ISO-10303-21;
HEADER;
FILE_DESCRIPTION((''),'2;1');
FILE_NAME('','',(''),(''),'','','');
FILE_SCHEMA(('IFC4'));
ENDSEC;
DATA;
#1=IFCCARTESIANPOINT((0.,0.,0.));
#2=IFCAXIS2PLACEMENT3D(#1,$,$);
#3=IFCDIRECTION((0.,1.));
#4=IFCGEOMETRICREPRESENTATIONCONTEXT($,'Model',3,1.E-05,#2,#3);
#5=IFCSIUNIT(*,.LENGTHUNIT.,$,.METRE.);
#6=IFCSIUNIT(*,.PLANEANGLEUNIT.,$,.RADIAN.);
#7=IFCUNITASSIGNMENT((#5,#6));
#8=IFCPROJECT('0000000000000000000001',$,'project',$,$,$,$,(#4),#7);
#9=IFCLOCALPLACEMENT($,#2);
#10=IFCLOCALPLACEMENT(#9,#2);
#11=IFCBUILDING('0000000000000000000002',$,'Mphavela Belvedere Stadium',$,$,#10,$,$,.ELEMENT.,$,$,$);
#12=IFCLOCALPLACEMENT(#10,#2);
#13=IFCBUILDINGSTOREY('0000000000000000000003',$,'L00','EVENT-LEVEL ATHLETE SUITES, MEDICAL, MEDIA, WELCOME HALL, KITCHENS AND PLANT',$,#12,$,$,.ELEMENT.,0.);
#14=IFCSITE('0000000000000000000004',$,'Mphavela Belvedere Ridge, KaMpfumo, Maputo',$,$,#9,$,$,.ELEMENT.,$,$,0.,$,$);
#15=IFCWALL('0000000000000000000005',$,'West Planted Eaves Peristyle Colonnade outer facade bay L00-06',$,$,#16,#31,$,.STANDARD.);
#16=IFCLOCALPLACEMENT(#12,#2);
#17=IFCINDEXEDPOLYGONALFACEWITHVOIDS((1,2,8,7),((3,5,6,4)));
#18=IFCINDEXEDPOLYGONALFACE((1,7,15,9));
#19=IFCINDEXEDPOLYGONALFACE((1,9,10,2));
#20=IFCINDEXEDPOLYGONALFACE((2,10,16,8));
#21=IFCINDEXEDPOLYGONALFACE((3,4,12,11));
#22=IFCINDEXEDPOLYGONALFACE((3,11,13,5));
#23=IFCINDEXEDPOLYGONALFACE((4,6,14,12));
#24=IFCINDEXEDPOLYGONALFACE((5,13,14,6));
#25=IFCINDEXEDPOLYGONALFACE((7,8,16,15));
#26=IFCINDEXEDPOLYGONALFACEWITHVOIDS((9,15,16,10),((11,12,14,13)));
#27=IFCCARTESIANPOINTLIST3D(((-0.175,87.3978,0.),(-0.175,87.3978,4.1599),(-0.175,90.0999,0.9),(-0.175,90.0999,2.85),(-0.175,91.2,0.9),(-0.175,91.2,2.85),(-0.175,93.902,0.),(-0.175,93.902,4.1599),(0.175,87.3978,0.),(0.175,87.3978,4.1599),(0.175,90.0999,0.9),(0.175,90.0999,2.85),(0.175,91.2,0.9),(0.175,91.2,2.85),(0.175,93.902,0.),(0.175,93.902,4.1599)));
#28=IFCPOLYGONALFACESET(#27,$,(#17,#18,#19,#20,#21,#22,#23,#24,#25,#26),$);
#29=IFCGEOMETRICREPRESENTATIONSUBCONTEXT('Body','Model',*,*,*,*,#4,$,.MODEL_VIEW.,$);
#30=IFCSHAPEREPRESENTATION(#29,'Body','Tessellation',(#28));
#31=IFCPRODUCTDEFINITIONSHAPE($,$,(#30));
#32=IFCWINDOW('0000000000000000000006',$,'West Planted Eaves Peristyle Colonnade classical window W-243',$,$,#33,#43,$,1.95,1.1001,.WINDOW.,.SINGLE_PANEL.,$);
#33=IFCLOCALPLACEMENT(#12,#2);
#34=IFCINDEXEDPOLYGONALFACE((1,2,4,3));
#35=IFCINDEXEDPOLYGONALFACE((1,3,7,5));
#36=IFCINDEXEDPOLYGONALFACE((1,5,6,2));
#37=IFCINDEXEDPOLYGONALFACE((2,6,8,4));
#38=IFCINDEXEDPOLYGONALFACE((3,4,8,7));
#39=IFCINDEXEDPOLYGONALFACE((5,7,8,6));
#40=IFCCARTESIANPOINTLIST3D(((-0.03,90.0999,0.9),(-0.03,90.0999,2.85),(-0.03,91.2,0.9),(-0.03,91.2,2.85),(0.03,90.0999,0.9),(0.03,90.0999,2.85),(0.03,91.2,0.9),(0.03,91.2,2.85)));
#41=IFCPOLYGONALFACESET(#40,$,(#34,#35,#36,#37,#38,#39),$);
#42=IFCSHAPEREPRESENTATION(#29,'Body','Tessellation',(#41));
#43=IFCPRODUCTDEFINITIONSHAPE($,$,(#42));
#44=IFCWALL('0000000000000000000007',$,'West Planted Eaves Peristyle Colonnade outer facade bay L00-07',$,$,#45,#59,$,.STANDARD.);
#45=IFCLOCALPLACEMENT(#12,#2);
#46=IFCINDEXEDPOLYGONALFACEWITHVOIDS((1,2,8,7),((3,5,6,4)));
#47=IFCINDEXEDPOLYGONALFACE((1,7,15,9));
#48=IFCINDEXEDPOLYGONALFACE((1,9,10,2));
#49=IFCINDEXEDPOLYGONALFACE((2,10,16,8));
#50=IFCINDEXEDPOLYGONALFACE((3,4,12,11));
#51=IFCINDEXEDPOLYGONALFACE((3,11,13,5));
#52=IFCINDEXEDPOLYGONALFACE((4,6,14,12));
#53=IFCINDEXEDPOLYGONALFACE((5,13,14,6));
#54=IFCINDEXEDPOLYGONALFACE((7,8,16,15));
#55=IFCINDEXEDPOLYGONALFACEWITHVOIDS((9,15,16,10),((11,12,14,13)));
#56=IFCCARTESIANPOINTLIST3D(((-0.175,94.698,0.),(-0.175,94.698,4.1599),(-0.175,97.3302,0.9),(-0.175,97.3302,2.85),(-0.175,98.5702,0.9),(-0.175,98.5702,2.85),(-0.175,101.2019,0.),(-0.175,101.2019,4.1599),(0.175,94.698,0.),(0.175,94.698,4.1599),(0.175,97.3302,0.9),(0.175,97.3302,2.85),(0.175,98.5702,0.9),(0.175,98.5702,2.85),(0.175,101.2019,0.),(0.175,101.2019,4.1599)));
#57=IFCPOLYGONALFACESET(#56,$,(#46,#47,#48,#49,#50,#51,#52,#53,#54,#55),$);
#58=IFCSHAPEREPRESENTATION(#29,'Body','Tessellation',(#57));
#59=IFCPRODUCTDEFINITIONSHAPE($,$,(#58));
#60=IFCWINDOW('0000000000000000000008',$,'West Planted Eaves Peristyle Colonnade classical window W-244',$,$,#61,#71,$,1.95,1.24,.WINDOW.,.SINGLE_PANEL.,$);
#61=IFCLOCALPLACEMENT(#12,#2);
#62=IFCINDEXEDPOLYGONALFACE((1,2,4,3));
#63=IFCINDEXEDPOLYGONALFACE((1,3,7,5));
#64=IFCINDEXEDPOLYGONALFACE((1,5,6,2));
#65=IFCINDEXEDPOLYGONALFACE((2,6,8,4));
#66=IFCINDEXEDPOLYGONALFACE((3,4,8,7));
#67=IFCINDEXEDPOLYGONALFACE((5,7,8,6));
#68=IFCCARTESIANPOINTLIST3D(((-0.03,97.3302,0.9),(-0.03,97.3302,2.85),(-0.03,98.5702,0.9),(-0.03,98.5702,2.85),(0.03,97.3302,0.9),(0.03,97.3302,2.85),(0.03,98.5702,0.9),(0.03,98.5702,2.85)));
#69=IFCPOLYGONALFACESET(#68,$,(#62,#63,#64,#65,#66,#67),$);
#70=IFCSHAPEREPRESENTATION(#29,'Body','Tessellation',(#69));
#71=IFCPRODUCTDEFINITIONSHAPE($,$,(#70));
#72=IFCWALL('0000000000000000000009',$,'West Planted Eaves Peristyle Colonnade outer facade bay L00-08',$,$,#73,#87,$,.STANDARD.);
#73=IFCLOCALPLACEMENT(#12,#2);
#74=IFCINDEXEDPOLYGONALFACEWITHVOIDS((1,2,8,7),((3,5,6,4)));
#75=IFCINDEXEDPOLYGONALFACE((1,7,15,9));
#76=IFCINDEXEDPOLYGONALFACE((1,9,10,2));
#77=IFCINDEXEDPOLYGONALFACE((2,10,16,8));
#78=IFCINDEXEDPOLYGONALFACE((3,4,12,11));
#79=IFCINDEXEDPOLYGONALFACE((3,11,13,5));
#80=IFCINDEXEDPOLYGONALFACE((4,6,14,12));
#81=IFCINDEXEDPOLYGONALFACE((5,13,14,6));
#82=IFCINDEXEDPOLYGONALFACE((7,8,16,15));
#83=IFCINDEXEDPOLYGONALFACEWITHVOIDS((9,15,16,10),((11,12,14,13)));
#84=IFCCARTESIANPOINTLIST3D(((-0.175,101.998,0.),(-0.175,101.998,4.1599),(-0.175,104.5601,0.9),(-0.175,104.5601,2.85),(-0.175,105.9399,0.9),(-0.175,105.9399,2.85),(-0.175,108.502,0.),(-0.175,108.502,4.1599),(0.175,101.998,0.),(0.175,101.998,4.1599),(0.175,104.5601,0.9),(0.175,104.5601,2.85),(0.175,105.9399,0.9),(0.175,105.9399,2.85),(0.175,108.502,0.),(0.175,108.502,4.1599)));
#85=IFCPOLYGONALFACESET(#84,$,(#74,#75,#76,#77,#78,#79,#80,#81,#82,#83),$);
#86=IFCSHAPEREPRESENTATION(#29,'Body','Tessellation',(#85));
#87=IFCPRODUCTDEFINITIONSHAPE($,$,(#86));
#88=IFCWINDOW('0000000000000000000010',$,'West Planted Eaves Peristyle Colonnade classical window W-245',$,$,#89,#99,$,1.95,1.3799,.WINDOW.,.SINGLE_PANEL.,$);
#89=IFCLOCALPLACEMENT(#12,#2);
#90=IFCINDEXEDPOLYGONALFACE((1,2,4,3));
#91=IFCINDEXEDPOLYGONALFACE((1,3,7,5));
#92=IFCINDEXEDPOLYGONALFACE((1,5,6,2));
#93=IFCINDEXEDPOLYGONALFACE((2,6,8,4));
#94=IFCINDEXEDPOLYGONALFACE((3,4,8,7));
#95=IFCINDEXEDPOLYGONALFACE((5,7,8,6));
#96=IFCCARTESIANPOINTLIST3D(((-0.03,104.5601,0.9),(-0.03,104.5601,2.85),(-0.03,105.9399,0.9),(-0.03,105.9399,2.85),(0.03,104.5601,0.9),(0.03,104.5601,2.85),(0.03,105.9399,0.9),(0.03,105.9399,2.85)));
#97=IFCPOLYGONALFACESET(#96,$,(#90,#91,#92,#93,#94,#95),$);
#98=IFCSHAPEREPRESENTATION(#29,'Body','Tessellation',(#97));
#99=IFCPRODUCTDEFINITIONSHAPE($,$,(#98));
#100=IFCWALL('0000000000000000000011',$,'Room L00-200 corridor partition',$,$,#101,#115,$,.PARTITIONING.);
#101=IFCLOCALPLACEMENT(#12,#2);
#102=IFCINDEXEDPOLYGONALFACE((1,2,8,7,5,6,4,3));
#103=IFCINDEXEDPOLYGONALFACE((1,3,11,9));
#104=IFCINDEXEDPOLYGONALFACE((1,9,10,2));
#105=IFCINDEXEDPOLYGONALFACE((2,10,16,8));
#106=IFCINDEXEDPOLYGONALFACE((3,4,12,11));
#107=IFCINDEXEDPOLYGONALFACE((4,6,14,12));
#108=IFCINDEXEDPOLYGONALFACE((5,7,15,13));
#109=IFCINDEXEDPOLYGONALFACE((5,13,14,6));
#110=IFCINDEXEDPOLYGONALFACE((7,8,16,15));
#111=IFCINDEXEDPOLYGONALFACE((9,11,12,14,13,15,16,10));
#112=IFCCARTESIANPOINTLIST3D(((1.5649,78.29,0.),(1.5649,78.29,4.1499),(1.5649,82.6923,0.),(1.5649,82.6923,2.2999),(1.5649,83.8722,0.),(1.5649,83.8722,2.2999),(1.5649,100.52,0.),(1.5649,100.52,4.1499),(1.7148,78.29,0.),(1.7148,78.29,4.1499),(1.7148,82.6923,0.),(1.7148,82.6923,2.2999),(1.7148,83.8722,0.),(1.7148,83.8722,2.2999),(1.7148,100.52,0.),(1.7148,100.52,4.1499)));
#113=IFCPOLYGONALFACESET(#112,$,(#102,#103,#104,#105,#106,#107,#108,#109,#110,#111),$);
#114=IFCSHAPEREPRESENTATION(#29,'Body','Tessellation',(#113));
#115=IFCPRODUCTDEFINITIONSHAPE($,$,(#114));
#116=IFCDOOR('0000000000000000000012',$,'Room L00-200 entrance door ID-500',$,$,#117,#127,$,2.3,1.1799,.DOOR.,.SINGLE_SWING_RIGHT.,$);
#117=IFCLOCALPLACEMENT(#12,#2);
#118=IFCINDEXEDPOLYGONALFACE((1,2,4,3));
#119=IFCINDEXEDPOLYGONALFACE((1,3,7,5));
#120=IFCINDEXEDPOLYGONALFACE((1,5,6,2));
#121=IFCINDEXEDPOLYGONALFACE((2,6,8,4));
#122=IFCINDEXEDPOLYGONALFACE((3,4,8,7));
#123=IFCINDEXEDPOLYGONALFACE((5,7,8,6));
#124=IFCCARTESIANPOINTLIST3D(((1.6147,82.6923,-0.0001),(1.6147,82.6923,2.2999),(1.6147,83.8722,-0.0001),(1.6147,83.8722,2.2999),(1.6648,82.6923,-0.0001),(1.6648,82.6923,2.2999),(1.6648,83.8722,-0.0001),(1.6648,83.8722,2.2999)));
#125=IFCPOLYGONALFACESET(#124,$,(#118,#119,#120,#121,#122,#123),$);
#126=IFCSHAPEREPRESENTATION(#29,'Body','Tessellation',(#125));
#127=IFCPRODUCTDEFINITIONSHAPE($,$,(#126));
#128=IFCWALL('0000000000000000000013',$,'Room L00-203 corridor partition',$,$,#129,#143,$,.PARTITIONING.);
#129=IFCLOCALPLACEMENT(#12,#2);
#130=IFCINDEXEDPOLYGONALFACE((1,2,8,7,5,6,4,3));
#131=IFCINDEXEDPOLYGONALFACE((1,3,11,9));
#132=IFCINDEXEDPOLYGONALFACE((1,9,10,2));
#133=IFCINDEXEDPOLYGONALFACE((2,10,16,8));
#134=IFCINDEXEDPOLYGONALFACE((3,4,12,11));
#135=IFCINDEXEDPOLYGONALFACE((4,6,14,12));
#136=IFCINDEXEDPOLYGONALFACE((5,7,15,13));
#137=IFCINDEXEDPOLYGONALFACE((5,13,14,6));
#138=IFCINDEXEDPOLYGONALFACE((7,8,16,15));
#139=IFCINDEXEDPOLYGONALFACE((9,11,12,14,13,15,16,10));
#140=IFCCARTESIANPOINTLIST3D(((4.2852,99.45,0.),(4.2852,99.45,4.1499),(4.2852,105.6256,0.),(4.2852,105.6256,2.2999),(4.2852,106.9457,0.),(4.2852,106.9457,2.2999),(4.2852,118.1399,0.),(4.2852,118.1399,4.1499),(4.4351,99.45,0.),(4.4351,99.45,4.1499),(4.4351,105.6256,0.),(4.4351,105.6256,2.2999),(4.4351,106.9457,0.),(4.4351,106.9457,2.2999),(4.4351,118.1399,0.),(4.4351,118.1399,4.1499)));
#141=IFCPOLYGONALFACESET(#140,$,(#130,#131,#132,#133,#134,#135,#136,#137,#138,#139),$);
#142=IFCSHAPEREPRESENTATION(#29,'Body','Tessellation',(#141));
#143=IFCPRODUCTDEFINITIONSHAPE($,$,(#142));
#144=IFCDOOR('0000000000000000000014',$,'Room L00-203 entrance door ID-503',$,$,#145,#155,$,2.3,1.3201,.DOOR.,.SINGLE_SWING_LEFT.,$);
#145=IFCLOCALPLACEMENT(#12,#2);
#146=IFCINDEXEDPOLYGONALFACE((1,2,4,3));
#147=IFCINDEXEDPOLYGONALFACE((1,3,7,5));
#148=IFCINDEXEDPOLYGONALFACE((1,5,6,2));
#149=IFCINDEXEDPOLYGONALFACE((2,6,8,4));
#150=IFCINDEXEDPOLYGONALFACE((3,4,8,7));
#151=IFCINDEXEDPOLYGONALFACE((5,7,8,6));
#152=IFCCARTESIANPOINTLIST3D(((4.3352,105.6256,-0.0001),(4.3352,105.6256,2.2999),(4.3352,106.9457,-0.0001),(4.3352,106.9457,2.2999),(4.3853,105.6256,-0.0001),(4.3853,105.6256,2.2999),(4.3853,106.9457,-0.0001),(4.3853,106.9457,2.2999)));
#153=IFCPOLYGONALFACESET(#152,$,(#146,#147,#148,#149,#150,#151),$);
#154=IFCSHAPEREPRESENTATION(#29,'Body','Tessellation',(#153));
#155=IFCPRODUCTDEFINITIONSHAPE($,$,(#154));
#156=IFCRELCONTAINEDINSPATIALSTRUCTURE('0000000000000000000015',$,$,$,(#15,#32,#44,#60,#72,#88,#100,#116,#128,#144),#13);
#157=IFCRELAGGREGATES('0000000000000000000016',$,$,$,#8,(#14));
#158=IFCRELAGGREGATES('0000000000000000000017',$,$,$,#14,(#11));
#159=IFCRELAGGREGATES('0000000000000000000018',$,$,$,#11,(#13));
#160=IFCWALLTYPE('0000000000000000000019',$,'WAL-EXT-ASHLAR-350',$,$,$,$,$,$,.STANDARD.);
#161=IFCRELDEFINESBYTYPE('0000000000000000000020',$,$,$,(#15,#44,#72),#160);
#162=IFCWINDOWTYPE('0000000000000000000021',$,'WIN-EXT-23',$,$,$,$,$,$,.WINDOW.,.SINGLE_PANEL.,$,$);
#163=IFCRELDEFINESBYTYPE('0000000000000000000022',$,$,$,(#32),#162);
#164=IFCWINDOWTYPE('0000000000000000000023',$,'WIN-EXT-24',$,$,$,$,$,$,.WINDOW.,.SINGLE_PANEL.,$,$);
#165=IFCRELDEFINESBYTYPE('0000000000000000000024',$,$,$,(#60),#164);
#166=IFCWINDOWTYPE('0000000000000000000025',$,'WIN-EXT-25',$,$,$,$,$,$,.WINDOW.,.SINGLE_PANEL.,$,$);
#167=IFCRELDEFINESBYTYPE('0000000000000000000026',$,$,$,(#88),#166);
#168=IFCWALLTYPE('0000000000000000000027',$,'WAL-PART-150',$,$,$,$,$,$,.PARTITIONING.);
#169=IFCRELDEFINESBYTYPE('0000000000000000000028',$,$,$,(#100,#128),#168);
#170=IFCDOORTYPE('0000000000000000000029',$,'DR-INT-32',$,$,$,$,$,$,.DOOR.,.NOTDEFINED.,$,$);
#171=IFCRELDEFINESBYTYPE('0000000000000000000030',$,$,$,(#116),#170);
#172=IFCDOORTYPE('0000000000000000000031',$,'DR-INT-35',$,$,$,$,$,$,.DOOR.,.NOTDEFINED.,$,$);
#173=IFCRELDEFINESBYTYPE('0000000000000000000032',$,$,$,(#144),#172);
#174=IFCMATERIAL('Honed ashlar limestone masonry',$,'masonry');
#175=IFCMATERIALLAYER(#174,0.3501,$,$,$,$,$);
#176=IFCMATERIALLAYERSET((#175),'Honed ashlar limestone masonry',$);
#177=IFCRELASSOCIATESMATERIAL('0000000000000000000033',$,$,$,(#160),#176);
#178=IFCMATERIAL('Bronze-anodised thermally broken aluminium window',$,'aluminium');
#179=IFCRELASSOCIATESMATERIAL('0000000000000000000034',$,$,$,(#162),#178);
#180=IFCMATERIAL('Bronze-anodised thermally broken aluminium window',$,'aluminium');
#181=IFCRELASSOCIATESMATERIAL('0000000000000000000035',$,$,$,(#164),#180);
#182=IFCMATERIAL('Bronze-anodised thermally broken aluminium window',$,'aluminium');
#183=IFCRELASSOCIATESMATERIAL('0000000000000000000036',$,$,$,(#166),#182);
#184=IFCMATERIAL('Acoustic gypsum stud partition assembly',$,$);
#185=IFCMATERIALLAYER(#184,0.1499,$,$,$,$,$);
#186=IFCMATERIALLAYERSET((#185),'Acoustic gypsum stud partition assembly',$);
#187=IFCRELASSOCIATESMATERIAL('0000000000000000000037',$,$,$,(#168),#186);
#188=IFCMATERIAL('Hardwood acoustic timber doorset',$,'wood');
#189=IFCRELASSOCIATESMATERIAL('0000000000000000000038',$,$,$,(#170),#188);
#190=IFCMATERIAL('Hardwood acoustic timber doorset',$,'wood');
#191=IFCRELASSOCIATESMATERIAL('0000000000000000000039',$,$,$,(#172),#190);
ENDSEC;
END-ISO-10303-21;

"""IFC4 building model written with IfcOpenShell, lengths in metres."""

from ifc_helpers import new_model, si_unit, direction, frame, frame_2d, origin, place, context, subcontext, project, spatial, rectangle, extrude, material, layer, layer_set, type_object, element, fill, save


model = new_model("IFC4")

# Units and contexts
model_context = context("Model", 3, precision=1e-05, world=origin(), true_north=direction((0.0, 1.0)))
body_context = subcontext(model_context, "Body", "Model", "MODEL_VIEW")
ifc_project = project(units=[si_unit("LENGTHUNIT", "METRE"), si_unit("PLANEANGLEUNIT", "RADIAN")], contexts=[model_context])

# Site, building, storey
site_placement = place(None, origin())
site = spatial("IfcSite", under=ifc_project, at=site_placement, Name="Mphavela Belvedere Ridge, KaMpfumo, Maputo", CompositionType="ELEMENT", RefElevation=0.0)
building_placement = place(site_placement, origin())
building = spatial("IfcBuilding", under=site, at=building_placement, Name="Mphavela Belvedere Stadium", CompositionType="ELEMENT")
storey_placement = place(building_placement, origin())
storey = spatial("IfcBuildingStorey", under=building, at=storey_placement, Name="L00", Description="EVENT-LEVEL ATHLETE SUITES, MEDICAL, MEDIA, WELCOME HALL, KITCHENS AND PLANT", CompositionType="ELEMENT", Elevation=0.0)

# Walls, openings, windows
ifc_material_1 = material(Name="Honed ashlar limestone masonry", Category="masonry")
ifc_layer_1 = layer(ifc_material_1, 0.3501)
ifc_layer_set_1 = layer_set([ifc_layer_1], Name="Honed ashlar limestone masonry")
wall_type_1 = type_object("IfcWallType", Name="WAL-EXT-ASHLAR-350", PredefinedType="STANDARD", material=ifc_layer_set_1)
wall_1_placement = place(storey_placement, frame((0.0, 87.3979, 0.0), z_axis=(0.0, 0.0, 1.0), x_axis=(0.0, 1.0, 0.0)))
wall_1 = element("IfcWall", 1, at=wall_1_placement, inside=storey, type_object=wall_type_1, Name="West Planted Eaves Peristyle Colonnade outer facade bay L00-06", PredefinedType="STANDARD", context=body_context, shape_type="SweptSolid", body=[
    extrude(rectangle(XDim=6.5042, YDim=0.3501, at=frame_2d((3.252, 0.0))), origin(), (0.0, 0.0, 1.0), 4.1599),
])
opening_1_placement = place(wall_1_placement, frame((2.7019, 0.0, 0.8999)))
opening_1 = element("IfcOpeningElement", 2, at=opening_1_placement, cuts=wall_1, PredefinedType="OPENING", context=body_context, shape_type="SweptSolid", body=[
    extrude(rectangle(XDim=1.1001, YDim=1.95, at=frame_2d((0.55, 0.9751))), frame((0.0, 0.1851, 0.0), z_axis=(0.0, -1.0, 0.0), x_axis=(1.0, 0.0, 0.0)), (0.0, 0.0, 1.0), 0.3701),
])
ifc_material_2 = material(Name="Bronze-anodised thermally broken aluminium window", Category="aluminium")
window_type_1 = type_object("IfcWindowType", Name="WIN-EXT-23", PartitioningType="SINGLE_PANEL", PredefinedType="WINDOW", material=ifc_material_2)
window_1_placement = place(opening_1_placement, origin())
window_1 = element("IfcWindow", 3, at=window_1_placement, inside=storey, type_object=window_type_1, Name="West Planted Eaves Peristyle Colonnade classical window W-243", OverallHeight=1.95, OverallWidth=1.1001, PartitioningType="SINGLE_PANEL", PredefinedType="WINDOW", context=body_context, shape_type="SweptSolid", body=[
    extrude(rectangle(XDim=1.1001, YDim=1.95, at=frame_2d((0.55, 0.9751))), frame((0.0, 0.03, 0.0), z_axis=(0.0, -1.0, 0.0), x_axis=(1.0, 0.0, 0.0)), (0.0, 0.0, 1.0), 0.0601),
])
fill(opening_1, window_1)
wall_2_placement = place(storey_placement, frame((0.0, 94.698, 0.0), z_axis=(0.0, 0.0, 1.0), x_axis=(0.0, 1.0, 0.0)))
wall_2 = element("IfcWall", 4, at=wall_2_placement, inside=storey, type_object=wall_type_1, Name="West Planted Eaves Peristyle Colonnade outer facade bay L00-07", PredefinedType="STANDARD", context=body_context, shape_type="SweptSolid", body=[
    extrude(rectangle(XDim=6.5039, YDim=0.3501, at=frame_2d((3.252, 0.0))), origin(), (0.0, 0.0, 1.0), 4.1599),
])
opening_2_placement = place(wall_2_placement, frame((2.6321, 0.0, 0.8999)))
opening_2 = element("IfcOpeningElement", 5, at=opening_2_placement, cuts=wall_2, PredefinedType="OPENING", context=body_context, shape_type="SweptSolid", body=[
    extrude(rectangle(XDim=1.24, YDim=1.95, at=frame_2d((0.6201, 0.9751))), frame((0.0, 0.1851, 0.0), z_axis=(0.0, -1.0, 0.0), x_axis=(1.0, 0.0, 0.0)), (0.0, 0.0, 1.0), 0.3701),
])
ifc_material_3 = material(Name="Bronze-anodised thermally broken aluminium window", Category="aluminium")
window_type_2 = type_object("IfcWindowType", Name="WIN-EXT-24", PartitioningType="SINGLE_PANEL", PredefinedType="WINDOW", material=ifc_material_3)
window_2_placement = place(opening_2_placement, origin())
window_2 = element("IfcWindow", 6, at=window_2_placement, inside=storey, type_object=window_type_2, Name="West Planted Eaves Peristyle Colonnade classical window W-244", OverallHeight=1.95, OverallWidth=1.24, PartitioningType="SINGLE_PANEL", PredefinedType="WINDOW", context=body_context, shape_type="SweptSolid", body=[
    extrude(rectangle(XDim=1.24, YDim=1.95, at=frame_2d((0.6201, 0.9751))), frame((0.0, 0.03, 0.0), z_axis=(0.0, -1.0, 0.0), x_axis=(1.0, 0.0, 0.0)), (0.0, 0.0, 1.0), 0.0601),
])
fill(opening_2, window_2)
wall_3_placement = place(storey_placement, frame((0.0, 101.998, 0.0), z_axis=(0.0, 0.0, 1.0), x_axis=(0.0, 1.0, 0.0)))
wall_3 = element("IfcWall", 7, at=wall_3_placement, inside=storey, type_object=wall_type_1, Name="West Planted Eaves Peristyle Colonnade outer facade bay L00-08", PredefinedType="STANDARD", context=body_context, shape_type="SweptSolid", body=[
    extrude(rectangle(XDim=6.5039, YDim=0.3501, at=frame_2d((3.252, 0.0))), origin(), (0.0, 0.0, 1.0), 4.1599),
])
opening_3_placement = place(wall_3_placement, frame((2.562, 0.0, 0.8999)))
opening_3 = element("IfcOpeningElement", 8, at=opening_3_placement, cuts=wall_3, PredefinedType="OPENING", context=body_context, shape_type="SweptSolid", body=[
    extrude(rectangle(XDim=1.3799, YDim=1.95, at=frame_2d((0.6899, 0.9751))), frame((0.0, 0.1851, 0.0), z_axis=(0.0, -1.0, 0.0), x_axis=(1.0, 0.0, 0.0)), (0.0, 0.0, 1.0), 0.3701),
])
ifc_material_4 = material(Name="Bronze-anodised thermally broken aluminium window", Category="aluminium")
window_type_3 = type_object("IfcWindowType", Name="WIN-EXT-25", PartitioningType="SINGLE_PANEL", PredefinedType="WINDOW", material=ifc_material_4)
window_3_placement = place(opening_3_placement, origin())
window_3 = element("IfcWindow", 9, at=window_3_placement, inside=storey, type_object=window_type_3, Name="West Planted Eaves Peristyle Colonnade classical window W-245", OverallHeight=1.95, OverallWidth=1.3799, PartitioningType="SINGLE_PANEL", PredefinedType="WINDOW", context=body_context, shape_type="SweptSolid", body=[
    extrude(rectangle(XDim=1.3799, YDim=1.95, at=frame_2d((0.6899, 0.9751))), frame((0.0, 0.03, 0.0), z_axis=(0.0, -1.0, 0.0), x_axis=(1.0, 0.0, 0.0)), (0.0, 0.0, 1.0), 0.0601),
])
fill(opening_3, window_3)

# Walls, openings, doors
ifc_material_5 = material(Name="Acoustic gypsum stud partition assembly")
ifc_layer_2 = layer(ifc_material_5, 0.1499)
ifc_layer_set_2 = layer_set([ifc_layer_2], Name="Acoustic gypsum stud partition assembly")
wall_type_2 = type_object("IfcWallType", Name="WAL-PART-150", PredefinedType="PARTITIONING", material=ifc_layer_set_2)
wall_4_placement = place(storey_placement, frame((1.6399, 100.52, 0.0), z_axis=(0.0, 0.0, 1.0), x_axis=(0.0, -1.0, 0.0)))
wall_4 = element("IfcWall", 10, at=wall_4_placement, inside=storey, type_object=wall_type_2, Name="Room L00-200 corridor partition", PredefinedType="PARTITIONING", context=body_context, shape_type="SweptSolid", body=[
    extrude(rectangle(XDim=22.23, YDim=0.1499, at=frame_2d((11.115, 0.0))), origin(), (0.0, 0.0, 1.0), 4.1499),
])
opening_4_placement = place(wall_4_placement, frame((16.6479, 0.0, 0.0)))
opening_4 = element("IfcOpeningElement", 11, at=opening_4_placement, cuts=wall_4, PredefinedType="OPENING", context=body_context, shape_type="SweptSolid", body=[
    extrude(rectangle(XDim=1.1799, YDim=2.3, at=frame_2d((0.5898, 1.1499))), frame((0.0, 0.085, 0.0), z_axis=(0.0, -1.0, 0.0), x_axis=(1.0, 0.0, 0.0)), (0.0, 0.0, 1.0), 0.1699),
])
ifc_material_6 = material(Name="Hardwood acoustic timber doorset", Category="wood")
door_type_1 = type_object("IfcDoorType", Name="DR-INT-32", OperationType="NOTDEFINED", PredefinedType="DOOR", material=ifc_material_6)
door_1_placement = place(opening_4_placement, origin())
door_1 = element("IfcDoor", 12, at=door_1_placement, inside=storey, type_object=door_type_1, Name="Room L00-200 entrance door ID-500", OperationType="SINGLE_SWING_RIGHT", OverallHeight=2.3, OverallWidth=1.1799, PredefinedType="DOOR", context=body_context, shape_type="SweptSolid", body=[
    extrude(rectangle(XDim=1.1799, YDim=2.3, at=frame_2d((0.5898, 1.1499))), frame((0.0, 0.0249, 0.0), z_axis=(0.0, -1.0, 0.0), x_axis=(1.0, 0.0, 0.0)), (0.0, 0.0, 1.0), 0.05),
])
fill(opening_4, door_1)
wall_5_placement = place(storey_placement, frame((4.3601, 99.45, 0.0), z_axis=(0.0, 0.0, 1.0), x_axis=(0.0, 1.0, 0.0)))
wall_5 = element("IfcWall", 13, at=wall_5_placement, inside=storey, type_object=wall_type_2, Name="Room L00-203 corridor partition", PredefinedType="PARTITIONING", context=body_context, shape_type="SweptSolid", body=[
    extrude(rectangle(XDim=18.6899, YDim=0.1499, at=frame_2d((9.345, 0.0))), origin(), (0.0, 0.0, 1.0), 4.1499),
])
opening_5_placement = place(wall_5_placement, frame((6.1755, 0.0, 0.0)))
opening_5 = element("IfcOpeningElement", 14, at=opening_5_placement, cuts=wall_5, PredefinedType="OPENING", context=body_context, shape_type="SweptSolid", body=[
    extrude(rectangle(XDim=1.3201, YDim=2.3, at=frame_2d((0.6602, 1.1499))), frame((0.0, 0.085, 0.0), z_axis=(0.0, -1.0, 0.0), x_axis=(1.0, 0.0, 0.0)), (0.0, 0.0, 1.0), 0.1699),
])
ifc_material_7 = material(Name="Hardwood acoustic timber doorset", Category="wood")
door_type_2 = type_object("IfcDoorType", Name="DR-INT-35", OperationType="NOTDEFINED", PredefinedType="DOOR", material=ifc_material_7)
door_2_placement = place(opening_5_placement, origin())
door_2 = element("IfcDoor", 15, at=door_2_placement, inside=storey, type_object=door_type_2, Name="Room L00-203 entrance door ID-503", OperationType="SINGLE_SWING_LEFT", OverallHeight=2.3, OverallWidth=1.3201, PredefinedType="DOOR", context=body_context, shape_type="SweptSolid", body=[
    extrude(rectangle(XDim=1.3201, YDim=2.3, at=frame_2d((0.6602, 1.1499))), frame((0.0, 0.0249, 0.0), z_axis=(0.0, -1.0, 0.0), x_axis=(1.0, 0.0, 0.0)), (0.0, 0.0, 1.0), 0.05),
])
fill(opening_5, door_2)

save(model, "model.ifc")
